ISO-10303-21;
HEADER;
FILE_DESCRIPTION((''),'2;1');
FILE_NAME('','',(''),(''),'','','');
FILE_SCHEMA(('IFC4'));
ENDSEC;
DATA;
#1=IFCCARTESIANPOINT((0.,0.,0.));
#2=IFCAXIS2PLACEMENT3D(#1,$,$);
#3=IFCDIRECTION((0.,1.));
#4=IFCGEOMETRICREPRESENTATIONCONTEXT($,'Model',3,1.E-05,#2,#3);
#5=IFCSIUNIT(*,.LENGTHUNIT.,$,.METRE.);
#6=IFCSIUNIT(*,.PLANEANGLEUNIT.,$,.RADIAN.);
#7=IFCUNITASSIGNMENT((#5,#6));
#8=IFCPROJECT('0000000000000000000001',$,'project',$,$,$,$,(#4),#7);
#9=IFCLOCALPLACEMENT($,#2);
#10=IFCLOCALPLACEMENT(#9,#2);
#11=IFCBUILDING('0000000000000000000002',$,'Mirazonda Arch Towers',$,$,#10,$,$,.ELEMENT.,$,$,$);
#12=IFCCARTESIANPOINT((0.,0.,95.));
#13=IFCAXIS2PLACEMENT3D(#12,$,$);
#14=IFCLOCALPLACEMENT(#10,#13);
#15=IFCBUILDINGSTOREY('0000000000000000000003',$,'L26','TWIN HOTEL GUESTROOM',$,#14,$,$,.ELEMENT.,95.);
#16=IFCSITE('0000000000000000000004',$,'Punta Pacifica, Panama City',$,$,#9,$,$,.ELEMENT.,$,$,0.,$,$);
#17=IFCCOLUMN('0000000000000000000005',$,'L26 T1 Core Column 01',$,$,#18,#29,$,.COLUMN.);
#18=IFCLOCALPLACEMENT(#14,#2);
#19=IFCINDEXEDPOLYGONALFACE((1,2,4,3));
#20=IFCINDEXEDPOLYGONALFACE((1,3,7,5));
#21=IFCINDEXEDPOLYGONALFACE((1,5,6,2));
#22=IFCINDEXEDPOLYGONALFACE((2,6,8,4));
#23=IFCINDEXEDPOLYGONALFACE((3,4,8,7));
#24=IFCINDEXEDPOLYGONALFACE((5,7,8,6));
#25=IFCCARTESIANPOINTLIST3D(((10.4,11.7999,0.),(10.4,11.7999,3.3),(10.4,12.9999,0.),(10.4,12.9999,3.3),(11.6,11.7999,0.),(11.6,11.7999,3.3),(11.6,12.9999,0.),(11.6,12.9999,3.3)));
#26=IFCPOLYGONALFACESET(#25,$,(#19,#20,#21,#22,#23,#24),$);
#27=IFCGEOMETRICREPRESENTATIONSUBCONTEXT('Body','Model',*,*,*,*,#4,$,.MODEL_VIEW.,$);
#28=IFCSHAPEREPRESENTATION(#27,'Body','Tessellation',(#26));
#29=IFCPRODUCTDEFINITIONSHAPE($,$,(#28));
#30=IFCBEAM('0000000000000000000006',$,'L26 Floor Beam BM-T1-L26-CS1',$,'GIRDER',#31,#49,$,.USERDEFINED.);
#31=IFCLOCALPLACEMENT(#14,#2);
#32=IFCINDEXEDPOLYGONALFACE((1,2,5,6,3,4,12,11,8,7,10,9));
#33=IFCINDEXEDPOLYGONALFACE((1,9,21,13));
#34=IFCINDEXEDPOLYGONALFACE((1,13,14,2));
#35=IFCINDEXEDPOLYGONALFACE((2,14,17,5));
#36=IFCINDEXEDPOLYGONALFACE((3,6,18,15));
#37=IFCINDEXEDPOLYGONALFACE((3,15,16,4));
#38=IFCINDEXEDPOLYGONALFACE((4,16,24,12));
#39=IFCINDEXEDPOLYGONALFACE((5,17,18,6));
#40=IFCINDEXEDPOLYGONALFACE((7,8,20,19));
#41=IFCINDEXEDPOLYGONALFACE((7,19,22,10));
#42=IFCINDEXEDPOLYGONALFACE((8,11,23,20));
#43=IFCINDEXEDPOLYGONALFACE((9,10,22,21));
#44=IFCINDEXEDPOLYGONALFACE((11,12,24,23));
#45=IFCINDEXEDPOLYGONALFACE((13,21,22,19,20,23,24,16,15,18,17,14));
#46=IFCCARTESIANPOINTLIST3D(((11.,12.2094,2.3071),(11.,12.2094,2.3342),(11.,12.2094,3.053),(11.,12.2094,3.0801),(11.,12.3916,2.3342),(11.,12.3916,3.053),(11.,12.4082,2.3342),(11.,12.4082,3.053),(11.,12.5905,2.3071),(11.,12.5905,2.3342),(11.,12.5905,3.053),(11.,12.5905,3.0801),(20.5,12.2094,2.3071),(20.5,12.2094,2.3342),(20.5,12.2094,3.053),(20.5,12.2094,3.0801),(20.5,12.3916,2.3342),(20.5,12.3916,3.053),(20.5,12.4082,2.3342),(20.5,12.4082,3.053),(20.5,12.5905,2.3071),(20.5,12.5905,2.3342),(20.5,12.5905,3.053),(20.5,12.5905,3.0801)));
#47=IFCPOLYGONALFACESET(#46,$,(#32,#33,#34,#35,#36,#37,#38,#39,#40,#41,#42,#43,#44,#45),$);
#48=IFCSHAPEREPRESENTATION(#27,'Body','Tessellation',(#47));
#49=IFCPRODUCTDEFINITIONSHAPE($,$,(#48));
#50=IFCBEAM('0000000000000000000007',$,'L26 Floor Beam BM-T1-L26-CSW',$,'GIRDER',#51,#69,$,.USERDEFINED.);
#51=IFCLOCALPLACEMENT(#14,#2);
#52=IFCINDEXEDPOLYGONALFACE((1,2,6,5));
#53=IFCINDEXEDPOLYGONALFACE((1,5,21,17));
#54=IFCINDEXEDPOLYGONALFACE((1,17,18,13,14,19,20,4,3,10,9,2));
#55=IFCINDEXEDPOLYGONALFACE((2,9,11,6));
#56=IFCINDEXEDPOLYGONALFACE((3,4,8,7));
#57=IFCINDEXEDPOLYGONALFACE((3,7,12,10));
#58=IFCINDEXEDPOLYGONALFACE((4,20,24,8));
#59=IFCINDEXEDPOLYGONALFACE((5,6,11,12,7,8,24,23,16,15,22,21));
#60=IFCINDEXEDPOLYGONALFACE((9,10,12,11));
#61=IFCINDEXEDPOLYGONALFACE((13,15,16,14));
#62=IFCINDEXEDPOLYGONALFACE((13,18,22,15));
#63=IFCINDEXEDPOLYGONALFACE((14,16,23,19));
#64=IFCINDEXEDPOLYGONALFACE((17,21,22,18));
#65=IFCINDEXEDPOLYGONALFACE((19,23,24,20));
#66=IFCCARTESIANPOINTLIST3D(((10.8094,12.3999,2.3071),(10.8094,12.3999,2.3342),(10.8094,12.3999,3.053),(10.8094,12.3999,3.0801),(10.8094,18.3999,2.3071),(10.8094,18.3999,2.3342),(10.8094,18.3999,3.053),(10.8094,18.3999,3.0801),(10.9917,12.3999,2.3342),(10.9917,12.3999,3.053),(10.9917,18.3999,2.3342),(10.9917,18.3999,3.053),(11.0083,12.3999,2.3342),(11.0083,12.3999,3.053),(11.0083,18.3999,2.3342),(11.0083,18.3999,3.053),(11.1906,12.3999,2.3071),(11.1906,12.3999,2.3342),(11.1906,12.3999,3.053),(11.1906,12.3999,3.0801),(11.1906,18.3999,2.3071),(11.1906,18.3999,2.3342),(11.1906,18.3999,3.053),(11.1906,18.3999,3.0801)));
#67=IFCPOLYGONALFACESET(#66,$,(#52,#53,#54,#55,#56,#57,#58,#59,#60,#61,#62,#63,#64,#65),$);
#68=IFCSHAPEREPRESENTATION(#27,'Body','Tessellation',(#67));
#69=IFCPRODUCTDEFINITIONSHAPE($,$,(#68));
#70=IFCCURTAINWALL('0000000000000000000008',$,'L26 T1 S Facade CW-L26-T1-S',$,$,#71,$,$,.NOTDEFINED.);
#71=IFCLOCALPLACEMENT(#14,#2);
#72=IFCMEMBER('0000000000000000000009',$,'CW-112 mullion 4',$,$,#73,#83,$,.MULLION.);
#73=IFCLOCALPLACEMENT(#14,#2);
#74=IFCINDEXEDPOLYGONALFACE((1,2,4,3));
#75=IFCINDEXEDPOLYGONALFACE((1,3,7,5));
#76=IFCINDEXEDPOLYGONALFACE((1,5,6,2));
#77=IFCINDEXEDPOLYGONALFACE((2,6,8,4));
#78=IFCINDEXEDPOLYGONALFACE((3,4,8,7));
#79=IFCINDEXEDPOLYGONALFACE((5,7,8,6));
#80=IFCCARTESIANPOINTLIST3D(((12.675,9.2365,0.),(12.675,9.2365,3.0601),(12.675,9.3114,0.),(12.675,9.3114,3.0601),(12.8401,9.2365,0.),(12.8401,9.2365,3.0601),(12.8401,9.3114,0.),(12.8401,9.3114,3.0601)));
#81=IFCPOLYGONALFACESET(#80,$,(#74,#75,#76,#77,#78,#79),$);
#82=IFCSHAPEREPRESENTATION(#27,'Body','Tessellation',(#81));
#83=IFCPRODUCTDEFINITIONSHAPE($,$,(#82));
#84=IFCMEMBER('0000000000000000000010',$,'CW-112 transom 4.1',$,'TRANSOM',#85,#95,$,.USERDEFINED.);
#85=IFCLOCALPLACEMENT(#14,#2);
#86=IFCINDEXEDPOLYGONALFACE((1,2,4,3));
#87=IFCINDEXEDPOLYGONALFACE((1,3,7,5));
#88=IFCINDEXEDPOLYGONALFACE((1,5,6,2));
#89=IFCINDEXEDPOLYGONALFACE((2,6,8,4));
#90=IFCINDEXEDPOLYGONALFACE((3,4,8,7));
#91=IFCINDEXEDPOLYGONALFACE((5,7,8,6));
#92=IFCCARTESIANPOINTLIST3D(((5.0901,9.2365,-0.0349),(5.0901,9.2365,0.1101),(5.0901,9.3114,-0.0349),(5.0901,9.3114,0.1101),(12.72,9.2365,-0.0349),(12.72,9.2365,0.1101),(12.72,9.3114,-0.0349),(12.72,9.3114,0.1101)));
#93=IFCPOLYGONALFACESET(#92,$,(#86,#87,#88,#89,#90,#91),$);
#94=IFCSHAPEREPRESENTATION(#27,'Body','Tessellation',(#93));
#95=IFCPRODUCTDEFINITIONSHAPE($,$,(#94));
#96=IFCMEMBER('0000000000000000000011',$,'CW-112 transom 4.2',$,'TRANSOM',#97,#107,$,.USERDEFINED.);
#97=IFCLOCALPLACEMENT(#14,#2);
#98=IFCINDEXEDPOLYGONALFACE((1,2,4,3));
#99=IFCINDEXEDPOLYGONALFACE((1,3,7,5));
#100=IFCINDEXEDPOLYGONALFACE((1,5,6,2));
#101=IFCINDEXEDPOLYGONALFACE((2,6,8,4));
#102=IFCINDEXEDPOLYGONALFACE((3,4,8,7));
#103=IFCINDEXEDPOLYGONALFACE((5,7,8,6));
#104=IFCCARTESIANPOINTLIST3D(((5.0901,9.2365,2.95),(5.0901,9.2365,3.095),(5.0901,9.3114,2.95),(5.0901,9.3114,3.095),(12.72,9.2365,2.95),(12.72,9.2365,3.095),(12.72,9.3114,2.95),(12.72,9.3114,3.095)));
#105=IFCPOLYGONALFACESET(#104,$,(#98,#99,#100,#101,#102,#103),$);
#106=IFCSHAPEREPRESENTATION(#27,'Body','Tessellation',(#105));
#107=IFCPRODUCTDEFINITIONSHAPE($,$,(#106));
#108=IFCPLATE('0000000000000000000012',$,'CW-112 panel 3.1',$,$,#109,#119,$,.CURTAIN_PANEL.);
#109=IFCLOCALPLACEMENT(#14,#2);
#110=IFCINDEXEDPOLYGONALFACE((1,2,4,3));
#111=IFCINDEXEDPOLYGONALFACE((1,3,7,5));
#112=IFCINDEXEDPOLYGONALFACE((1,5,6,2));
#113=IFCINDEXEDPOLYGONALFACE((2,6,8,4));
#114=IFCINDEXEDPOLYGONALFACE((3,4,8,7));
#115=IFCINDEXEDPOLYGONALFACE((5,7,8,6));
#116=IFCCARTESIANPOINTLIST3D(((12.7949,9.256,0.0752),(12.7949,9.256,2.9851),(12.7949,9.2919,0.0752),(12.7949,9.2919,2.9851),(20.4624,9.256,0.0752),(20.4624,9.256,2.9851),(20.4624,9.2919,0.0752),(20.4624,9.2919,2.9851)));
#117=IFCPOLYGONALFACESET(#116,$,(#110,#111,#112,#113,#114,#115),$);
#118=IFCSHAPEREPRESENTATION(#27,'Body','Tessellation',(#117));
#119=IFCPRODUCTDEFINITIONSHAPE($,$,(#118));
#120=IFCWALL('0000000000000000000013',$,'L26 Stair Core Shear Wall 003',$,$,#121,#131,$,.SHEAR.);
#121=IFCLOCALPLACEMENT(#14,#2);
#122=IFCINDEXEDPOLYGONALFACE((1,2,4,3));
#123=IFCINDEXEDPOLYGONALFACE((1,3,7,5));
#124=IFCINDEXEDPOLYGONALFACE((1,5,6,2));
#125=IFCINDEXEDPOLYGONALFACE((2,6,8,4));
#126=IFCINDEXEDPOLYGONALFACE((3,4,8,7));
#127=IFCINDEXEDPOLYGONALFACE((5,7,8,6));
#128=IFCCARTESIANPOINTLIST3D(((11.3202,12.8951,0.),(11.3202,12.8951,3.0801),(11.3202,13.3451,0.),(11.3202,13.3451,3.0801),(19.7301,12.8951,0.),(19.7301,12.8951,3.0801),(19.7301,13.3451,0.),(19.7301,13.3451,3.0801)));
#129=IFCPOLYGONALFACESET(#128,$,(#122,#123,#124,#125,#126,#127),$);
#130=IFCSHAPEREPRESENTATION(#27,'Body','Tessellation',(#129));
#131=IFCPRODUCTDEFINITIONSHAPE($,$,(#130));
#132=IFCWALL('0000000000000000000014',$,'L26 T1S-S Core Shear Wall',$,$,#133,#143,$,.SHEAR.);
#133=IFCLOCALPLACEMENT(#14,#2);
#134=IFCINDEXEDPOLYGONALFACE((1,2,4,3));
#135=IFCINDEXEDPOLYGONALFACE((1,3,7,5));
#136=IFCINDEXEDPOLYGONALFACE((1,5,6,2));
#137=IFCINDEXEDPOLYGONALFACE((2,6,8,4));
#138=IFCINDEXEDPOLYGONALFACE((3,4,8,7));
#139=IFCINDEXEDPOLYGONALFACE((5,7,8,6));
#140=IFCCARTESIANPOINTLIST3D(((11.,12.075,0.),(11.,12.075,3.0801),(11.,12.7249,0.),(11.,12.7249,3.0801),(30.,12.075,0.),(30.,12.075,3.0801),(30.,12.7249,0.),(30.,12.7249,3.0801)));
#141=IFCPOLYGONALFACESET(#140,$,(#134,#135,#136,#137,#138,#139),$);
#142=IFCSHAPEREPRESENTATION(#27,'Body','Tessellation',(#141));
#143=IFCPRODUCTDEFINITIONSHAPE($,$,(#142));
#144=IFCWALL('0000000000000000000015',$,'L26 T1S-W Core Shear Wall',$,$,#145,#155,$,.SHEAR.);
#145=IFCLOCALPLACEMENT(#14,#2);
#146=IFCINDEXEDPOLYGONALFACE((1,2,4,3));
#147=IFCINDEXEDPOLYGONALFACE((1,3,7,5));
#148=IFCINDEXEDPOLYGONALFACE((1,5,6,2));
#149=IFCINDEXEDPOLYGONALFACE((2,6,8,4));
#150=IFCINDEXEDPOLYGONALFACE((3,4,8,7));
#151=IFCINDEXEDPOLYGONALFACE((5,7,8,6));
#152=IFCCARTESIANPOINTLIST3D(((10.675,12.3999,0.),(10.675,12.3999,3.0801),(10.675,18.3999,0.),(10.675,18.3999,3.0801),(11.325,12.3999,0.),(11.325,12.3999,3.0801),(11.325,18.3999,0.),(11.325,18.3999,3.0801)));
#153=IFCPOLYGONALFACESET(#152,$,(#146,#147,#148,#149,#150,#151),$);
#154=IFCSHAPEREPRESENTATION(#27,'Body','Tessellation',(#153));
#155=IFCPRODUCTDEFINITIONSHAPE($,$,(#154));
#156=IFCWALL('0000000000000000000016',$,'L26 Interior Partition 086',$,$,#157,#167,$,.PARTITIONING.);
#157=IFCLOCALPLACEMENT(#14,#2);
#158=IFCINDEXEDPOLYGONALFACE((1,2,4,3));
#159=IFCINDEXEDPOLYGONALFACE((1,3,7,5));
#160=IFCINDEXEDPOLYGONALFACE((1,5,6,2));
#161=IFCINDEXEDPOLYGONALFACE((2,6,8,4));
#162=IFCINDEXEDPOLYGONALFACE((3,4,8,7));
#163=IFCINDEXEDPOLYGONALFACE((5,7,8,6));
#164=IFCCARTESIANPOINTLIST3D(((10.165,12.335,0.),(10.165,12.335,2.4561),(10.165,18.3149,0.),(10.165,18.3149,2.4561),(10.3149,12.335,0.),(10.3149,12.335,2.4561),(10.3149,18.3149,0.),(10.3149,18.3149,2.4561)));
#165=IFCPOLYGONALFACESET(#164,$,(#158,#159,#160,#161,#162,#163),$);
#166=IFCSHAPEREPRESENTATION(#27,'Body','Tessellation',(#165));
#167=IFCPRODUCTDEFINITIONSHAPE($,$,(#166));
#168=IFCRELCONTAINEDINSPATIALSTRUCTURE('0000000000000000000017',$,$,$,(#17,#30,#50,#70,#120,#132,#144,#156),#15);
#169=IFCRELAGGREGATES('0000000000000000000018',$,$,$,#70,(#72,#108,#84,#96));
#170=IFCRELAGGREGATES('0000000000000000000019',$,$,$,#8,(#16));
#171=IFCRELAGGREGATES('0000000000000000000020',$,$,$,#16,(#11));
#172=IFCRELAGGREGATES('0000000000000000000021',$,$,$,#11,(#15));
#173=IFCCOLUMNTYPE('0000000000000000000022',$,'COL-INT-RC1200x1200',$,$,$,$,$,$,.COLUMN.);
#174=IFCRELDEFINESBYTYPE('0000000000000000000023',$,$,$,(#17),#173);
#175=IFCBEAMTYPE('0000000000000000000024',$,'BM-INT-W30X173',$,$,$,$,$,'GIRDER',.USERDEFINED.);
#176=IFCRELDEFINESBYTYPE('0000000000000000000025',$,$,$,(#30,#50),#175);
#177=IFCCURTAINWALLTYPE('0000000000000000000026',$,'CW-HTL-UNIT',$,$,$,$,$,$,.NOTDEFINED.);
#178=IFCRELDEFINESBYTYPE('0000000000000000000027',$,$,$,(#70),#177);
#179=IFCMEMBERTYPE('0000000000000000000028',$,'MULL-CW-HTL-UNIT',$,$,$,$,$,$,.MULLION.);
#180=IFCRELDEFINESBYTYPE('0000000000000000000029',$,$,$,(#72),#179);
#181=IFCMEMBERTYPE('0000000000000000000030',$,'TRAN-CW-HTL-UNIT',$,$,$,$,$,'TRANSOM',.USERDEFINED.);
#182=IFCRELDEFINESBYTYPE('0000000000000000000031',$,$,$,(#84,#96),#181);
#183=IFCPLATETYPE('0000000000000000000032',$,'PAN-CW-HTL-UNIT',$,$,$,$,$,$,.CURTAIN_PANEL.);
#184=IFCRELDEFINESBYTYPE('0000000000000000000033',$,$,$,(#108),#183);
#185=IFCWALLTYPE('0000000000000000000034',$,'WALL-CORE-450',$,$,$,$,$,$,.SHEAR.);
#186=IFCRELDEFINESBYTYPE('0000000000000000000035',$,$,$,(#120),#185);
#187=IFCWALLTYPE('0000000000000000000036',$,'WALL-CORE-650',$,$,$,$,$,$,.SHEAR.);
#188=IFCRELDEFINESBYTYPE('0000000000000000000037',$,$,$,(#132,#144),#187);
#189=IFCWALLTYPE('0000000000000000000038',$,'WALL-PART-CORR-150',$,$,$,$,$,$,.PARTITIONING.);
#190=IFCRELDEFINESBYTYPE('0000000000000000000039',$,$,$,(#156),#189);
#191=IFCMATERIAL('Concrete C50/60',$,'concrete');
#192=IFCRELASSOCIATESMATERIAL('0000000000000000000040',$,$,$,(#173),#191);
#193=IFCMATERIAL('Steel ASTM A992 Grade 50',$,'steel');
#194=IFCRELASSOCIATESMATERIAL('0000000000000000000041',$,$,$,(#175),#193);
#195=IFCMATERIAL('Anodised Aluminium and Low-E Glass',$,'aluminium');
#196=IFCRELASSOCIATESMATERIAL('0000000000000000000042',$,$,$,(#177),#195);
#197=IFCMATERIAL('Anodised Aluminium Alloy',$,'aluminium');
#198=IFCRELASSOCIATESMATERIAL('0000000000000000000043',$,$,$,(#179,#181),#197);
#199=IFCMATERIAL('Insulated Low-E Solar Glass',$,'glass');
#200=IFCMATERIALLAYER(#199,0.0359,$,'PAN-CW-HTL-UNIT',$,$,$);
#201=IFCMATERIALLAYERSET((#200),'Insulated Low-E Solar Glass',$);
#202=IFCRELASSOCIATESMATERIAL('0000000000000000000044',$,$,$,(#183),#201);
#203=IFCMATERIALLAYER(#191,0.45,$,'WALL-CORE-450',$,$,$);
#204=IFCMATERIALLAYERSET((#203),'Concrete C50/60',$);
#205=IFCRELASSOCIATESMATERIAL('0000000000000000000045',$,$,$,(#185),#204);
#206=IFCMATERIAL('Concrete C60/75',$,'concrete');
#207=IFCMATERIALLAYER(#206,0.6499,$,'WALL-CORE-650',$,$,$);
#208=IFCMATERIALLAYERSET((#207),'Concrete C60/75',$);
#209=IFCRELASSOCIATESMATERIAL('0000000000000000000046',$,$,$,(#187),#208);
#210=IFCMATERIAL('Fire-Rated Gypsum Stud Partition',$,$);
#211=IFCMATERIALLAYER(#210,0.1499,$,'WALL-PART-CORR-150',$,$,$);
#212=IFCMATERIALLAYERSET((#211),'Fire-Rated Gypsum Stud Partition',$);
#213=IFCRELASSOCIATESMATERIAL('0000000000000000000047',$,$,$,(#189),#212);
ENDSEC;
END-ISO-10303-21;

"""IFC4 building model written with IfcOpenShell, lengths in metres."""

from ifc_helpers import new_model, si_unit, direction, frame, frame_2d, origin, origin_2d, place, context, subcontext, project, spatial, rectangle, i_section, extrude, material, layer, layer_set, material_profile, profile_set, type_object, element, aggregate, save


model = new_model("IFC4")

# Units and contexts
model_context = context("Model", 3, precision=1e-05, world=origin(), true_north=direction((0.0, 1.0)))
body_context = subcontext(model_context, "Body", "Model", "MODEL_VIEW")
ifc_project = project(units=[si_unit("LENGTHUNIT", "METRE"), si_unit("PLANEANGLEUNIT", "RADIAN")], contexts=[model_context])

# Site, building, storey
site_placement = place(None, origin())
site = spatial("IfcSite", under=ifc_project, at=site_placement, Name="Punta Pacifica, Panama City", CompositionType="ELEMENT", RefElevation=0.0)
building_placement = place(site_placement, origin())
building = spatial("IfcBuilding", under=site, at=building_placement, Name="Mirazonda Arch Towers", CompositionType="ELEMENT")
storey_placement = place(building_placement, frame((0.0, 0.0, 95.0)))
storey = spatial("IfcBuildingStorey", under=building, at=storey_placement, Name="L26", Description="TWIN HOTEL GUESTROOM", CompositionType="ELEMENT", Elevation=95.0)

# Column
ifc_material_1 = material(Name="Concrete C50/60", Category="concrete")
ifc_material_profile_1 = material_profile(ifc_material_1, rectangle(XDim=1.2, YDim=1.2, at=origin_2d()), Name="RC1200x1200")
ifc_profile_set_1 = profile_set([ifc_material_profile_1], Name="Concrete C50/60")
column_type = type_object("IfcColumnType", Name="COL-INT-RC1200x1200", PredefinedType="COLUMN", material=ifc_profile_set_1)
column_placement = place(storey_placement, frame((11.0, 12.3999, 0.0), z_axis=(0.0, 0.0, 1.0), x_axis=(1.0, 0.0, 0.0)))
element("IfcColumn", 1, at=column_placement, inside=storey, type_object=column_type, Name="L26 T1 Core Column 01", PredefinedType="COLUMN", context=body_context, shape_type="SweptSolid", body=[
    extrude(rectangle(XDim=1.2, YDim=1.2, at=origin_2d()), origin(), (0.0, 0.0, 1.0), 3.3),
])

# Beams
ifc_material_2 = material(Name="Steel ASTM A992 Grade 50", Category="steel")
ifc_material_profile_2 = material_profile(ifc_material_2, i_section(OverallWidth=0.3811, OverallDepth=0.7729, WebThickness=0.0166, FlangeThickness=0.0271, at=origin_2d()), Name="W30X173")
ifc_profile_set_2 = profile_set([ifc_material_profile_2], Name="Steel ASTM A992 Grade 50")
beam_type = type_object("IfcBeamType", Name="BM-INT-W30X173", ElementType="GIRDER", PredefinedType="USERDEFINED", material=ifc_profile_set_2)
beam_1_placement = place(storey_placement, frame((11.0, 12.3999, 2.6936), z_axis=(1.0, 0.0, 0.0), x_axis=(0.0, 1.0, 0.0)))
element("IfcBeam", 2, at=beam_1_placement, inside=storey, type_object=beam_type, Name="L26 Floor Beam BM-T1-L26-CS1", ObjectType="GIRDER", PredefinedType="USERDEFINED", context=body_context, shape_type="SweptSolid", body=[
    extrude(i_section(OverallWidth=0.3811, OverallDepth=0.7729, WebThickness=0.0166, FlangeThickness=0.0271, at=origin_2d()), origin(), (0.0, 0.0, 1.0), 9.5),
])
beam_2_placement = place(storey_placement, frame((11.0, 12.3999, 2.6936), z_axis=(0.0, 1.0, 0.0), x_axis=(-1.0, 0.0, 0.0)))
element("IfcBeam", 3, at=beam_2_placement, inside=storey, type_object=beam_type, Name="L26 Floor Beam BM-T1-L26-CSW", ObjectType="GIRDER", PredefinedType="USERDEFINED", context=body_context, shape_type="SweptSolid", body=[
    extrude(i_section(OverallWidth=0.3811, OverallDepth=0.7729, WebThickness=0.0166, FlangeThickness=0.0271, at=origin_2d()), origin(), (0.0, 0.0, 1.0), 6.0),
])

# Curtain wall, members, plate
ifc_material_3 = material(Name="Anodised Aluminium and Low-E Glass", Category="aluminium")
curtain_wall_type = type_object("IfcCurtainWallType", Name="CW-HTL-UNIT", PredefinedType="NOTDEFINED", material=ifc_material_3)
curtain_wall_placement = place(storey_placement, origin())
curtain_wall = element("IfcCurtainWall", 4, at=curtain_wall_placement, inside=storey, type_object=curtain_wall_type, Name="L26 T1 S Facade CW-L26-T1-S", PredefinedType="NOTDEFINED")
ifc_material_4 = material(Name="Anodised Aluminium Alloy", Category="aluminium")
ifc_material_profile_3 = material_profile(ifc_material_4, rectangle(XDim=0.075, YDim=0.165, at=origin_2d()), Name="ALU-MULL-75x165")
ifc_profile_set_3 = profile_set([ifc_material_profile_3], Name="Anodised Aluminium Alloy")
member_type_1 = type_object("IfcMemberType", Name="MULL-CW-HTL-UNIT", PredefinedType="MULLION", material=ifc_profile_set_3)
member_1_placement = place(storey_placement, frame((12.7576, 9.2739, 0.0), z_axis=(0.0, 0.0, 1.0), x_axis=(0.0, -1.0, 0.0)))
member_1 = element("IfcMember", 5, at=member_1_placement, type_object=member_type_1, Name="CW-112 mullion 4", PredefinedType="MULLION", context=body_context, shape_type="SweptSolid", body=[
    extrude(rectangle(XDim=0.075, YDim=0.165, at=origin_2d()), origin(), (0.0, 0.0, 1.0), 3.0601),
])
ifc_material_profile_4 = material_profile(ifc_material_4, rectangle(XDim=0.075, YDim=0.145, at=origin_2d()), Name="ALU-TRAN-75x145")
ifc_profile_set_4 = profile_set([ifc_material_profile_4], Name="Anodised Aluminium Alloy")
member_type_2 = type_object("IfcMemberType", Name="TRAN-CW-HTL-UNIT", ElementType="TRANSOM", PredefinedType="USERDEFINED", material=ifc_profile_set_4)
member_2_placement = place(storey_placement, frame((12.72, 9.2739, 0.0376), z_axis=(-1.0, 0.0, 0.0), x_axis=(0.0, -1.0, 0.0)))
member_2 = element("IfcMember", 6, at=member_2_placement, type_object=member_type_2, Name="CW-112 transom 4.1", ObjectType="TRANSOM", PredefinedType="USERDEFINED", context=body_context, shape_type="SweptSolid", body=[
    extrude(rectangle(XDim=0.075, YDim=0.145, at=origin_2d()), origin(), (0.0, 0.0, 1.0), 7.6299),
])
member_3_placement = place(storey_placement, frame((12.72, 9.2739, 3.0225), z_axis=(-1.0, 0.0, 0.0), x_axis=(0.0, -1.0, 0.0)))
member_3 = element("IfcMember", 7, at=member_3_placement, type_object=member_type_2, Name="CW-112 transom 4.2", ObjectType="TRANSOM", PredefinedType="USERDEFINED", context=body_context, shape_type="SweptSolid", body=[
    extrude(rectangle(XDim=0.075, YDim=0.145, at=origin_2d()), origin(), (0.0, 0.0, 1.0), 7.6299),
])
ifc_material_5 = material(Name="Insulated Low-E Solar Glass", Category="glass")
ifc_layer_1 = layer(ifc_material_5, 0.0359, Name="PAN-CW-HTL-UNIT")
ifc_layer_set_1 = layer_set([ifc_layer_1], Name="Insulated Low-E Solar Glass")
plate_type = type_object("IfcPlateType", Name="PAN-CW-HTL-UNIT", PredefinedType="CURTAIN_PANEL", material=ifc_layer_set_1)
plate_placement = place(storey_placement, frame((16.6287, 9.2739, 0.0752), z_axis=(0.0, 0.0, 1.0), x_axis=(-1.0, 0.0, 0.0)))
plate = element("IfcPlate", 8, at=plate_placement, type_object=plate_type, Name="CW-112 panel 3.1", PredefinedType="CURTAIN_PANEL", context=body_context, shape_type="SweptSolid", body=[
    extrude(rectangle(XDim=7.6675, YDim=0.0359, at=origin_2d()), origin(), (0.0, 0.0, 1.0), 2.9099),
])
aggregate(curtain_wall, [member_1, plate, member_2, member_3])

# Walls
ifc_layer_2 = layer(ifc_material_1, 0.45, Name="WALL-CORE-450")
ifc_layer_set_2 = layer_set([ifc_layer_2], Name="Concrete C50/60")
wall_type_1 = type_object("IfcWallType", Name="WALL-CORE-450", PredefinedType="SHEAR", material=ifc_layer_set_2)
wall_1_placement = place(storey_placement, frame((11.3201, 13.1201, 0.0), z_axis=(0.0, 0.0, 1.0), x_axis=(1.0, 0.0, 0.0)))
element("IfcWall", 9, at=wall_1_placement, inside=storey, type_object=wall_type_1, Name="L26 Stair Core Shear Wall 003", PredefinedType="SHEAR", context=body_context, shape_type="SweptSolid", body=[
    extrude(rectangle(XDim=8.4099, YDim=0.45, at=frame_2d((4.2051, 0.0))), origin(), (0.0, 0.0, 1.0), 3.0801),
])
ifc_material_6 = material(Name="Concrete C60/75", Category="concrete")
ifc_layer_3 = layer(ifc_material_6, 0.6499, Name="WALL-CORE-650")
ifc_layer_set_3 = layer_set([ifc_layer_3], Name="Concrete C60/75")
wall_type_2 = type_object("IfcWallType", Name="WALL-CORE-650", PredefinedType="SHEAR", material=ifc_layer_set_3)
wall_2_placement = place(storey_placement, frame((11.0, 12.3999, 0.0), z_axis=(0.0, 0.0, 1.0), x_axis=(1.0, 0.0, 0.0)))
element("IfcWall", 10, at=wall_2_placement, inside=storey, type_object=wall_type_2, Name="L26 T1S-S Core Shear Wall", PredefinedType="SHEAR", context=body_context, shape_type="SweptSolid", body=[
    extrude(rectangle(XDim=19.0, YDim=0.6499, at=frame_2d((9.5, 0.0))), origin(), (0.0, 0.0, 1.0), 3.0801),
])
wall_3_placement = place(storey_placement, frame((11.0, 12.3999, 0.0), z_axis=(0.0, 0.0, 1.0), x_axis=(0.0, 1.0, 0.0)))
element("IfcWall", 11, at=wall_3_placement, inside=storey, type_object=wall_type_2, Name="L26 T1S-W Core Shear Wall", PredefinedType="SHEAR", context=body_context, shape_type="SweptSolid", body=[
    extrude(rectangle(XDim=6.0, YDim=0.6499, at=frame_2d((3.0, 0.0))), origin(), (0.0, 0.0, 1.0), 3.0801),
])
ifc_material_7 = material(Name="Fire-Rated Gypsum Stud Partition")
ifc_layer_4 = layer(ifc_material_7, 0.1499, Name="WALL-PART-CORR-150")
ifc_layer_set_4 = layer_set([ifc_layer_4], Name="Fire-Rated Gypsum Stud Partition")
wall_type_3 = type_object("IfcWallType", Name="WALL-PART-CORR-150", PredefinedType="PARTITIONING", material=ifc_layer_set_4)
wall_4_placement = place(storey_placement, frame((10.24, 12.335, 0.0), z_axis=(0.0, 0.0, 1.0), x_axis=(0.0, 1.0, 0.0)))
element("IfcWall", 12, at=wall_4_placement, inside=storey, type_object=wall_type_3, Name="L26 Interior Partition 086", PredefinedType="PARTITIONING", context=body_context, shape_type="SweptSolid", body=[
    extrude(rectangle(XDim=5.98, YDim=0.1499, at=frame_2d((2.99, 0.0))), origin(), (0.0, 0.0, 1.0), 2.4561),
])

save(model, "model.ifc")
